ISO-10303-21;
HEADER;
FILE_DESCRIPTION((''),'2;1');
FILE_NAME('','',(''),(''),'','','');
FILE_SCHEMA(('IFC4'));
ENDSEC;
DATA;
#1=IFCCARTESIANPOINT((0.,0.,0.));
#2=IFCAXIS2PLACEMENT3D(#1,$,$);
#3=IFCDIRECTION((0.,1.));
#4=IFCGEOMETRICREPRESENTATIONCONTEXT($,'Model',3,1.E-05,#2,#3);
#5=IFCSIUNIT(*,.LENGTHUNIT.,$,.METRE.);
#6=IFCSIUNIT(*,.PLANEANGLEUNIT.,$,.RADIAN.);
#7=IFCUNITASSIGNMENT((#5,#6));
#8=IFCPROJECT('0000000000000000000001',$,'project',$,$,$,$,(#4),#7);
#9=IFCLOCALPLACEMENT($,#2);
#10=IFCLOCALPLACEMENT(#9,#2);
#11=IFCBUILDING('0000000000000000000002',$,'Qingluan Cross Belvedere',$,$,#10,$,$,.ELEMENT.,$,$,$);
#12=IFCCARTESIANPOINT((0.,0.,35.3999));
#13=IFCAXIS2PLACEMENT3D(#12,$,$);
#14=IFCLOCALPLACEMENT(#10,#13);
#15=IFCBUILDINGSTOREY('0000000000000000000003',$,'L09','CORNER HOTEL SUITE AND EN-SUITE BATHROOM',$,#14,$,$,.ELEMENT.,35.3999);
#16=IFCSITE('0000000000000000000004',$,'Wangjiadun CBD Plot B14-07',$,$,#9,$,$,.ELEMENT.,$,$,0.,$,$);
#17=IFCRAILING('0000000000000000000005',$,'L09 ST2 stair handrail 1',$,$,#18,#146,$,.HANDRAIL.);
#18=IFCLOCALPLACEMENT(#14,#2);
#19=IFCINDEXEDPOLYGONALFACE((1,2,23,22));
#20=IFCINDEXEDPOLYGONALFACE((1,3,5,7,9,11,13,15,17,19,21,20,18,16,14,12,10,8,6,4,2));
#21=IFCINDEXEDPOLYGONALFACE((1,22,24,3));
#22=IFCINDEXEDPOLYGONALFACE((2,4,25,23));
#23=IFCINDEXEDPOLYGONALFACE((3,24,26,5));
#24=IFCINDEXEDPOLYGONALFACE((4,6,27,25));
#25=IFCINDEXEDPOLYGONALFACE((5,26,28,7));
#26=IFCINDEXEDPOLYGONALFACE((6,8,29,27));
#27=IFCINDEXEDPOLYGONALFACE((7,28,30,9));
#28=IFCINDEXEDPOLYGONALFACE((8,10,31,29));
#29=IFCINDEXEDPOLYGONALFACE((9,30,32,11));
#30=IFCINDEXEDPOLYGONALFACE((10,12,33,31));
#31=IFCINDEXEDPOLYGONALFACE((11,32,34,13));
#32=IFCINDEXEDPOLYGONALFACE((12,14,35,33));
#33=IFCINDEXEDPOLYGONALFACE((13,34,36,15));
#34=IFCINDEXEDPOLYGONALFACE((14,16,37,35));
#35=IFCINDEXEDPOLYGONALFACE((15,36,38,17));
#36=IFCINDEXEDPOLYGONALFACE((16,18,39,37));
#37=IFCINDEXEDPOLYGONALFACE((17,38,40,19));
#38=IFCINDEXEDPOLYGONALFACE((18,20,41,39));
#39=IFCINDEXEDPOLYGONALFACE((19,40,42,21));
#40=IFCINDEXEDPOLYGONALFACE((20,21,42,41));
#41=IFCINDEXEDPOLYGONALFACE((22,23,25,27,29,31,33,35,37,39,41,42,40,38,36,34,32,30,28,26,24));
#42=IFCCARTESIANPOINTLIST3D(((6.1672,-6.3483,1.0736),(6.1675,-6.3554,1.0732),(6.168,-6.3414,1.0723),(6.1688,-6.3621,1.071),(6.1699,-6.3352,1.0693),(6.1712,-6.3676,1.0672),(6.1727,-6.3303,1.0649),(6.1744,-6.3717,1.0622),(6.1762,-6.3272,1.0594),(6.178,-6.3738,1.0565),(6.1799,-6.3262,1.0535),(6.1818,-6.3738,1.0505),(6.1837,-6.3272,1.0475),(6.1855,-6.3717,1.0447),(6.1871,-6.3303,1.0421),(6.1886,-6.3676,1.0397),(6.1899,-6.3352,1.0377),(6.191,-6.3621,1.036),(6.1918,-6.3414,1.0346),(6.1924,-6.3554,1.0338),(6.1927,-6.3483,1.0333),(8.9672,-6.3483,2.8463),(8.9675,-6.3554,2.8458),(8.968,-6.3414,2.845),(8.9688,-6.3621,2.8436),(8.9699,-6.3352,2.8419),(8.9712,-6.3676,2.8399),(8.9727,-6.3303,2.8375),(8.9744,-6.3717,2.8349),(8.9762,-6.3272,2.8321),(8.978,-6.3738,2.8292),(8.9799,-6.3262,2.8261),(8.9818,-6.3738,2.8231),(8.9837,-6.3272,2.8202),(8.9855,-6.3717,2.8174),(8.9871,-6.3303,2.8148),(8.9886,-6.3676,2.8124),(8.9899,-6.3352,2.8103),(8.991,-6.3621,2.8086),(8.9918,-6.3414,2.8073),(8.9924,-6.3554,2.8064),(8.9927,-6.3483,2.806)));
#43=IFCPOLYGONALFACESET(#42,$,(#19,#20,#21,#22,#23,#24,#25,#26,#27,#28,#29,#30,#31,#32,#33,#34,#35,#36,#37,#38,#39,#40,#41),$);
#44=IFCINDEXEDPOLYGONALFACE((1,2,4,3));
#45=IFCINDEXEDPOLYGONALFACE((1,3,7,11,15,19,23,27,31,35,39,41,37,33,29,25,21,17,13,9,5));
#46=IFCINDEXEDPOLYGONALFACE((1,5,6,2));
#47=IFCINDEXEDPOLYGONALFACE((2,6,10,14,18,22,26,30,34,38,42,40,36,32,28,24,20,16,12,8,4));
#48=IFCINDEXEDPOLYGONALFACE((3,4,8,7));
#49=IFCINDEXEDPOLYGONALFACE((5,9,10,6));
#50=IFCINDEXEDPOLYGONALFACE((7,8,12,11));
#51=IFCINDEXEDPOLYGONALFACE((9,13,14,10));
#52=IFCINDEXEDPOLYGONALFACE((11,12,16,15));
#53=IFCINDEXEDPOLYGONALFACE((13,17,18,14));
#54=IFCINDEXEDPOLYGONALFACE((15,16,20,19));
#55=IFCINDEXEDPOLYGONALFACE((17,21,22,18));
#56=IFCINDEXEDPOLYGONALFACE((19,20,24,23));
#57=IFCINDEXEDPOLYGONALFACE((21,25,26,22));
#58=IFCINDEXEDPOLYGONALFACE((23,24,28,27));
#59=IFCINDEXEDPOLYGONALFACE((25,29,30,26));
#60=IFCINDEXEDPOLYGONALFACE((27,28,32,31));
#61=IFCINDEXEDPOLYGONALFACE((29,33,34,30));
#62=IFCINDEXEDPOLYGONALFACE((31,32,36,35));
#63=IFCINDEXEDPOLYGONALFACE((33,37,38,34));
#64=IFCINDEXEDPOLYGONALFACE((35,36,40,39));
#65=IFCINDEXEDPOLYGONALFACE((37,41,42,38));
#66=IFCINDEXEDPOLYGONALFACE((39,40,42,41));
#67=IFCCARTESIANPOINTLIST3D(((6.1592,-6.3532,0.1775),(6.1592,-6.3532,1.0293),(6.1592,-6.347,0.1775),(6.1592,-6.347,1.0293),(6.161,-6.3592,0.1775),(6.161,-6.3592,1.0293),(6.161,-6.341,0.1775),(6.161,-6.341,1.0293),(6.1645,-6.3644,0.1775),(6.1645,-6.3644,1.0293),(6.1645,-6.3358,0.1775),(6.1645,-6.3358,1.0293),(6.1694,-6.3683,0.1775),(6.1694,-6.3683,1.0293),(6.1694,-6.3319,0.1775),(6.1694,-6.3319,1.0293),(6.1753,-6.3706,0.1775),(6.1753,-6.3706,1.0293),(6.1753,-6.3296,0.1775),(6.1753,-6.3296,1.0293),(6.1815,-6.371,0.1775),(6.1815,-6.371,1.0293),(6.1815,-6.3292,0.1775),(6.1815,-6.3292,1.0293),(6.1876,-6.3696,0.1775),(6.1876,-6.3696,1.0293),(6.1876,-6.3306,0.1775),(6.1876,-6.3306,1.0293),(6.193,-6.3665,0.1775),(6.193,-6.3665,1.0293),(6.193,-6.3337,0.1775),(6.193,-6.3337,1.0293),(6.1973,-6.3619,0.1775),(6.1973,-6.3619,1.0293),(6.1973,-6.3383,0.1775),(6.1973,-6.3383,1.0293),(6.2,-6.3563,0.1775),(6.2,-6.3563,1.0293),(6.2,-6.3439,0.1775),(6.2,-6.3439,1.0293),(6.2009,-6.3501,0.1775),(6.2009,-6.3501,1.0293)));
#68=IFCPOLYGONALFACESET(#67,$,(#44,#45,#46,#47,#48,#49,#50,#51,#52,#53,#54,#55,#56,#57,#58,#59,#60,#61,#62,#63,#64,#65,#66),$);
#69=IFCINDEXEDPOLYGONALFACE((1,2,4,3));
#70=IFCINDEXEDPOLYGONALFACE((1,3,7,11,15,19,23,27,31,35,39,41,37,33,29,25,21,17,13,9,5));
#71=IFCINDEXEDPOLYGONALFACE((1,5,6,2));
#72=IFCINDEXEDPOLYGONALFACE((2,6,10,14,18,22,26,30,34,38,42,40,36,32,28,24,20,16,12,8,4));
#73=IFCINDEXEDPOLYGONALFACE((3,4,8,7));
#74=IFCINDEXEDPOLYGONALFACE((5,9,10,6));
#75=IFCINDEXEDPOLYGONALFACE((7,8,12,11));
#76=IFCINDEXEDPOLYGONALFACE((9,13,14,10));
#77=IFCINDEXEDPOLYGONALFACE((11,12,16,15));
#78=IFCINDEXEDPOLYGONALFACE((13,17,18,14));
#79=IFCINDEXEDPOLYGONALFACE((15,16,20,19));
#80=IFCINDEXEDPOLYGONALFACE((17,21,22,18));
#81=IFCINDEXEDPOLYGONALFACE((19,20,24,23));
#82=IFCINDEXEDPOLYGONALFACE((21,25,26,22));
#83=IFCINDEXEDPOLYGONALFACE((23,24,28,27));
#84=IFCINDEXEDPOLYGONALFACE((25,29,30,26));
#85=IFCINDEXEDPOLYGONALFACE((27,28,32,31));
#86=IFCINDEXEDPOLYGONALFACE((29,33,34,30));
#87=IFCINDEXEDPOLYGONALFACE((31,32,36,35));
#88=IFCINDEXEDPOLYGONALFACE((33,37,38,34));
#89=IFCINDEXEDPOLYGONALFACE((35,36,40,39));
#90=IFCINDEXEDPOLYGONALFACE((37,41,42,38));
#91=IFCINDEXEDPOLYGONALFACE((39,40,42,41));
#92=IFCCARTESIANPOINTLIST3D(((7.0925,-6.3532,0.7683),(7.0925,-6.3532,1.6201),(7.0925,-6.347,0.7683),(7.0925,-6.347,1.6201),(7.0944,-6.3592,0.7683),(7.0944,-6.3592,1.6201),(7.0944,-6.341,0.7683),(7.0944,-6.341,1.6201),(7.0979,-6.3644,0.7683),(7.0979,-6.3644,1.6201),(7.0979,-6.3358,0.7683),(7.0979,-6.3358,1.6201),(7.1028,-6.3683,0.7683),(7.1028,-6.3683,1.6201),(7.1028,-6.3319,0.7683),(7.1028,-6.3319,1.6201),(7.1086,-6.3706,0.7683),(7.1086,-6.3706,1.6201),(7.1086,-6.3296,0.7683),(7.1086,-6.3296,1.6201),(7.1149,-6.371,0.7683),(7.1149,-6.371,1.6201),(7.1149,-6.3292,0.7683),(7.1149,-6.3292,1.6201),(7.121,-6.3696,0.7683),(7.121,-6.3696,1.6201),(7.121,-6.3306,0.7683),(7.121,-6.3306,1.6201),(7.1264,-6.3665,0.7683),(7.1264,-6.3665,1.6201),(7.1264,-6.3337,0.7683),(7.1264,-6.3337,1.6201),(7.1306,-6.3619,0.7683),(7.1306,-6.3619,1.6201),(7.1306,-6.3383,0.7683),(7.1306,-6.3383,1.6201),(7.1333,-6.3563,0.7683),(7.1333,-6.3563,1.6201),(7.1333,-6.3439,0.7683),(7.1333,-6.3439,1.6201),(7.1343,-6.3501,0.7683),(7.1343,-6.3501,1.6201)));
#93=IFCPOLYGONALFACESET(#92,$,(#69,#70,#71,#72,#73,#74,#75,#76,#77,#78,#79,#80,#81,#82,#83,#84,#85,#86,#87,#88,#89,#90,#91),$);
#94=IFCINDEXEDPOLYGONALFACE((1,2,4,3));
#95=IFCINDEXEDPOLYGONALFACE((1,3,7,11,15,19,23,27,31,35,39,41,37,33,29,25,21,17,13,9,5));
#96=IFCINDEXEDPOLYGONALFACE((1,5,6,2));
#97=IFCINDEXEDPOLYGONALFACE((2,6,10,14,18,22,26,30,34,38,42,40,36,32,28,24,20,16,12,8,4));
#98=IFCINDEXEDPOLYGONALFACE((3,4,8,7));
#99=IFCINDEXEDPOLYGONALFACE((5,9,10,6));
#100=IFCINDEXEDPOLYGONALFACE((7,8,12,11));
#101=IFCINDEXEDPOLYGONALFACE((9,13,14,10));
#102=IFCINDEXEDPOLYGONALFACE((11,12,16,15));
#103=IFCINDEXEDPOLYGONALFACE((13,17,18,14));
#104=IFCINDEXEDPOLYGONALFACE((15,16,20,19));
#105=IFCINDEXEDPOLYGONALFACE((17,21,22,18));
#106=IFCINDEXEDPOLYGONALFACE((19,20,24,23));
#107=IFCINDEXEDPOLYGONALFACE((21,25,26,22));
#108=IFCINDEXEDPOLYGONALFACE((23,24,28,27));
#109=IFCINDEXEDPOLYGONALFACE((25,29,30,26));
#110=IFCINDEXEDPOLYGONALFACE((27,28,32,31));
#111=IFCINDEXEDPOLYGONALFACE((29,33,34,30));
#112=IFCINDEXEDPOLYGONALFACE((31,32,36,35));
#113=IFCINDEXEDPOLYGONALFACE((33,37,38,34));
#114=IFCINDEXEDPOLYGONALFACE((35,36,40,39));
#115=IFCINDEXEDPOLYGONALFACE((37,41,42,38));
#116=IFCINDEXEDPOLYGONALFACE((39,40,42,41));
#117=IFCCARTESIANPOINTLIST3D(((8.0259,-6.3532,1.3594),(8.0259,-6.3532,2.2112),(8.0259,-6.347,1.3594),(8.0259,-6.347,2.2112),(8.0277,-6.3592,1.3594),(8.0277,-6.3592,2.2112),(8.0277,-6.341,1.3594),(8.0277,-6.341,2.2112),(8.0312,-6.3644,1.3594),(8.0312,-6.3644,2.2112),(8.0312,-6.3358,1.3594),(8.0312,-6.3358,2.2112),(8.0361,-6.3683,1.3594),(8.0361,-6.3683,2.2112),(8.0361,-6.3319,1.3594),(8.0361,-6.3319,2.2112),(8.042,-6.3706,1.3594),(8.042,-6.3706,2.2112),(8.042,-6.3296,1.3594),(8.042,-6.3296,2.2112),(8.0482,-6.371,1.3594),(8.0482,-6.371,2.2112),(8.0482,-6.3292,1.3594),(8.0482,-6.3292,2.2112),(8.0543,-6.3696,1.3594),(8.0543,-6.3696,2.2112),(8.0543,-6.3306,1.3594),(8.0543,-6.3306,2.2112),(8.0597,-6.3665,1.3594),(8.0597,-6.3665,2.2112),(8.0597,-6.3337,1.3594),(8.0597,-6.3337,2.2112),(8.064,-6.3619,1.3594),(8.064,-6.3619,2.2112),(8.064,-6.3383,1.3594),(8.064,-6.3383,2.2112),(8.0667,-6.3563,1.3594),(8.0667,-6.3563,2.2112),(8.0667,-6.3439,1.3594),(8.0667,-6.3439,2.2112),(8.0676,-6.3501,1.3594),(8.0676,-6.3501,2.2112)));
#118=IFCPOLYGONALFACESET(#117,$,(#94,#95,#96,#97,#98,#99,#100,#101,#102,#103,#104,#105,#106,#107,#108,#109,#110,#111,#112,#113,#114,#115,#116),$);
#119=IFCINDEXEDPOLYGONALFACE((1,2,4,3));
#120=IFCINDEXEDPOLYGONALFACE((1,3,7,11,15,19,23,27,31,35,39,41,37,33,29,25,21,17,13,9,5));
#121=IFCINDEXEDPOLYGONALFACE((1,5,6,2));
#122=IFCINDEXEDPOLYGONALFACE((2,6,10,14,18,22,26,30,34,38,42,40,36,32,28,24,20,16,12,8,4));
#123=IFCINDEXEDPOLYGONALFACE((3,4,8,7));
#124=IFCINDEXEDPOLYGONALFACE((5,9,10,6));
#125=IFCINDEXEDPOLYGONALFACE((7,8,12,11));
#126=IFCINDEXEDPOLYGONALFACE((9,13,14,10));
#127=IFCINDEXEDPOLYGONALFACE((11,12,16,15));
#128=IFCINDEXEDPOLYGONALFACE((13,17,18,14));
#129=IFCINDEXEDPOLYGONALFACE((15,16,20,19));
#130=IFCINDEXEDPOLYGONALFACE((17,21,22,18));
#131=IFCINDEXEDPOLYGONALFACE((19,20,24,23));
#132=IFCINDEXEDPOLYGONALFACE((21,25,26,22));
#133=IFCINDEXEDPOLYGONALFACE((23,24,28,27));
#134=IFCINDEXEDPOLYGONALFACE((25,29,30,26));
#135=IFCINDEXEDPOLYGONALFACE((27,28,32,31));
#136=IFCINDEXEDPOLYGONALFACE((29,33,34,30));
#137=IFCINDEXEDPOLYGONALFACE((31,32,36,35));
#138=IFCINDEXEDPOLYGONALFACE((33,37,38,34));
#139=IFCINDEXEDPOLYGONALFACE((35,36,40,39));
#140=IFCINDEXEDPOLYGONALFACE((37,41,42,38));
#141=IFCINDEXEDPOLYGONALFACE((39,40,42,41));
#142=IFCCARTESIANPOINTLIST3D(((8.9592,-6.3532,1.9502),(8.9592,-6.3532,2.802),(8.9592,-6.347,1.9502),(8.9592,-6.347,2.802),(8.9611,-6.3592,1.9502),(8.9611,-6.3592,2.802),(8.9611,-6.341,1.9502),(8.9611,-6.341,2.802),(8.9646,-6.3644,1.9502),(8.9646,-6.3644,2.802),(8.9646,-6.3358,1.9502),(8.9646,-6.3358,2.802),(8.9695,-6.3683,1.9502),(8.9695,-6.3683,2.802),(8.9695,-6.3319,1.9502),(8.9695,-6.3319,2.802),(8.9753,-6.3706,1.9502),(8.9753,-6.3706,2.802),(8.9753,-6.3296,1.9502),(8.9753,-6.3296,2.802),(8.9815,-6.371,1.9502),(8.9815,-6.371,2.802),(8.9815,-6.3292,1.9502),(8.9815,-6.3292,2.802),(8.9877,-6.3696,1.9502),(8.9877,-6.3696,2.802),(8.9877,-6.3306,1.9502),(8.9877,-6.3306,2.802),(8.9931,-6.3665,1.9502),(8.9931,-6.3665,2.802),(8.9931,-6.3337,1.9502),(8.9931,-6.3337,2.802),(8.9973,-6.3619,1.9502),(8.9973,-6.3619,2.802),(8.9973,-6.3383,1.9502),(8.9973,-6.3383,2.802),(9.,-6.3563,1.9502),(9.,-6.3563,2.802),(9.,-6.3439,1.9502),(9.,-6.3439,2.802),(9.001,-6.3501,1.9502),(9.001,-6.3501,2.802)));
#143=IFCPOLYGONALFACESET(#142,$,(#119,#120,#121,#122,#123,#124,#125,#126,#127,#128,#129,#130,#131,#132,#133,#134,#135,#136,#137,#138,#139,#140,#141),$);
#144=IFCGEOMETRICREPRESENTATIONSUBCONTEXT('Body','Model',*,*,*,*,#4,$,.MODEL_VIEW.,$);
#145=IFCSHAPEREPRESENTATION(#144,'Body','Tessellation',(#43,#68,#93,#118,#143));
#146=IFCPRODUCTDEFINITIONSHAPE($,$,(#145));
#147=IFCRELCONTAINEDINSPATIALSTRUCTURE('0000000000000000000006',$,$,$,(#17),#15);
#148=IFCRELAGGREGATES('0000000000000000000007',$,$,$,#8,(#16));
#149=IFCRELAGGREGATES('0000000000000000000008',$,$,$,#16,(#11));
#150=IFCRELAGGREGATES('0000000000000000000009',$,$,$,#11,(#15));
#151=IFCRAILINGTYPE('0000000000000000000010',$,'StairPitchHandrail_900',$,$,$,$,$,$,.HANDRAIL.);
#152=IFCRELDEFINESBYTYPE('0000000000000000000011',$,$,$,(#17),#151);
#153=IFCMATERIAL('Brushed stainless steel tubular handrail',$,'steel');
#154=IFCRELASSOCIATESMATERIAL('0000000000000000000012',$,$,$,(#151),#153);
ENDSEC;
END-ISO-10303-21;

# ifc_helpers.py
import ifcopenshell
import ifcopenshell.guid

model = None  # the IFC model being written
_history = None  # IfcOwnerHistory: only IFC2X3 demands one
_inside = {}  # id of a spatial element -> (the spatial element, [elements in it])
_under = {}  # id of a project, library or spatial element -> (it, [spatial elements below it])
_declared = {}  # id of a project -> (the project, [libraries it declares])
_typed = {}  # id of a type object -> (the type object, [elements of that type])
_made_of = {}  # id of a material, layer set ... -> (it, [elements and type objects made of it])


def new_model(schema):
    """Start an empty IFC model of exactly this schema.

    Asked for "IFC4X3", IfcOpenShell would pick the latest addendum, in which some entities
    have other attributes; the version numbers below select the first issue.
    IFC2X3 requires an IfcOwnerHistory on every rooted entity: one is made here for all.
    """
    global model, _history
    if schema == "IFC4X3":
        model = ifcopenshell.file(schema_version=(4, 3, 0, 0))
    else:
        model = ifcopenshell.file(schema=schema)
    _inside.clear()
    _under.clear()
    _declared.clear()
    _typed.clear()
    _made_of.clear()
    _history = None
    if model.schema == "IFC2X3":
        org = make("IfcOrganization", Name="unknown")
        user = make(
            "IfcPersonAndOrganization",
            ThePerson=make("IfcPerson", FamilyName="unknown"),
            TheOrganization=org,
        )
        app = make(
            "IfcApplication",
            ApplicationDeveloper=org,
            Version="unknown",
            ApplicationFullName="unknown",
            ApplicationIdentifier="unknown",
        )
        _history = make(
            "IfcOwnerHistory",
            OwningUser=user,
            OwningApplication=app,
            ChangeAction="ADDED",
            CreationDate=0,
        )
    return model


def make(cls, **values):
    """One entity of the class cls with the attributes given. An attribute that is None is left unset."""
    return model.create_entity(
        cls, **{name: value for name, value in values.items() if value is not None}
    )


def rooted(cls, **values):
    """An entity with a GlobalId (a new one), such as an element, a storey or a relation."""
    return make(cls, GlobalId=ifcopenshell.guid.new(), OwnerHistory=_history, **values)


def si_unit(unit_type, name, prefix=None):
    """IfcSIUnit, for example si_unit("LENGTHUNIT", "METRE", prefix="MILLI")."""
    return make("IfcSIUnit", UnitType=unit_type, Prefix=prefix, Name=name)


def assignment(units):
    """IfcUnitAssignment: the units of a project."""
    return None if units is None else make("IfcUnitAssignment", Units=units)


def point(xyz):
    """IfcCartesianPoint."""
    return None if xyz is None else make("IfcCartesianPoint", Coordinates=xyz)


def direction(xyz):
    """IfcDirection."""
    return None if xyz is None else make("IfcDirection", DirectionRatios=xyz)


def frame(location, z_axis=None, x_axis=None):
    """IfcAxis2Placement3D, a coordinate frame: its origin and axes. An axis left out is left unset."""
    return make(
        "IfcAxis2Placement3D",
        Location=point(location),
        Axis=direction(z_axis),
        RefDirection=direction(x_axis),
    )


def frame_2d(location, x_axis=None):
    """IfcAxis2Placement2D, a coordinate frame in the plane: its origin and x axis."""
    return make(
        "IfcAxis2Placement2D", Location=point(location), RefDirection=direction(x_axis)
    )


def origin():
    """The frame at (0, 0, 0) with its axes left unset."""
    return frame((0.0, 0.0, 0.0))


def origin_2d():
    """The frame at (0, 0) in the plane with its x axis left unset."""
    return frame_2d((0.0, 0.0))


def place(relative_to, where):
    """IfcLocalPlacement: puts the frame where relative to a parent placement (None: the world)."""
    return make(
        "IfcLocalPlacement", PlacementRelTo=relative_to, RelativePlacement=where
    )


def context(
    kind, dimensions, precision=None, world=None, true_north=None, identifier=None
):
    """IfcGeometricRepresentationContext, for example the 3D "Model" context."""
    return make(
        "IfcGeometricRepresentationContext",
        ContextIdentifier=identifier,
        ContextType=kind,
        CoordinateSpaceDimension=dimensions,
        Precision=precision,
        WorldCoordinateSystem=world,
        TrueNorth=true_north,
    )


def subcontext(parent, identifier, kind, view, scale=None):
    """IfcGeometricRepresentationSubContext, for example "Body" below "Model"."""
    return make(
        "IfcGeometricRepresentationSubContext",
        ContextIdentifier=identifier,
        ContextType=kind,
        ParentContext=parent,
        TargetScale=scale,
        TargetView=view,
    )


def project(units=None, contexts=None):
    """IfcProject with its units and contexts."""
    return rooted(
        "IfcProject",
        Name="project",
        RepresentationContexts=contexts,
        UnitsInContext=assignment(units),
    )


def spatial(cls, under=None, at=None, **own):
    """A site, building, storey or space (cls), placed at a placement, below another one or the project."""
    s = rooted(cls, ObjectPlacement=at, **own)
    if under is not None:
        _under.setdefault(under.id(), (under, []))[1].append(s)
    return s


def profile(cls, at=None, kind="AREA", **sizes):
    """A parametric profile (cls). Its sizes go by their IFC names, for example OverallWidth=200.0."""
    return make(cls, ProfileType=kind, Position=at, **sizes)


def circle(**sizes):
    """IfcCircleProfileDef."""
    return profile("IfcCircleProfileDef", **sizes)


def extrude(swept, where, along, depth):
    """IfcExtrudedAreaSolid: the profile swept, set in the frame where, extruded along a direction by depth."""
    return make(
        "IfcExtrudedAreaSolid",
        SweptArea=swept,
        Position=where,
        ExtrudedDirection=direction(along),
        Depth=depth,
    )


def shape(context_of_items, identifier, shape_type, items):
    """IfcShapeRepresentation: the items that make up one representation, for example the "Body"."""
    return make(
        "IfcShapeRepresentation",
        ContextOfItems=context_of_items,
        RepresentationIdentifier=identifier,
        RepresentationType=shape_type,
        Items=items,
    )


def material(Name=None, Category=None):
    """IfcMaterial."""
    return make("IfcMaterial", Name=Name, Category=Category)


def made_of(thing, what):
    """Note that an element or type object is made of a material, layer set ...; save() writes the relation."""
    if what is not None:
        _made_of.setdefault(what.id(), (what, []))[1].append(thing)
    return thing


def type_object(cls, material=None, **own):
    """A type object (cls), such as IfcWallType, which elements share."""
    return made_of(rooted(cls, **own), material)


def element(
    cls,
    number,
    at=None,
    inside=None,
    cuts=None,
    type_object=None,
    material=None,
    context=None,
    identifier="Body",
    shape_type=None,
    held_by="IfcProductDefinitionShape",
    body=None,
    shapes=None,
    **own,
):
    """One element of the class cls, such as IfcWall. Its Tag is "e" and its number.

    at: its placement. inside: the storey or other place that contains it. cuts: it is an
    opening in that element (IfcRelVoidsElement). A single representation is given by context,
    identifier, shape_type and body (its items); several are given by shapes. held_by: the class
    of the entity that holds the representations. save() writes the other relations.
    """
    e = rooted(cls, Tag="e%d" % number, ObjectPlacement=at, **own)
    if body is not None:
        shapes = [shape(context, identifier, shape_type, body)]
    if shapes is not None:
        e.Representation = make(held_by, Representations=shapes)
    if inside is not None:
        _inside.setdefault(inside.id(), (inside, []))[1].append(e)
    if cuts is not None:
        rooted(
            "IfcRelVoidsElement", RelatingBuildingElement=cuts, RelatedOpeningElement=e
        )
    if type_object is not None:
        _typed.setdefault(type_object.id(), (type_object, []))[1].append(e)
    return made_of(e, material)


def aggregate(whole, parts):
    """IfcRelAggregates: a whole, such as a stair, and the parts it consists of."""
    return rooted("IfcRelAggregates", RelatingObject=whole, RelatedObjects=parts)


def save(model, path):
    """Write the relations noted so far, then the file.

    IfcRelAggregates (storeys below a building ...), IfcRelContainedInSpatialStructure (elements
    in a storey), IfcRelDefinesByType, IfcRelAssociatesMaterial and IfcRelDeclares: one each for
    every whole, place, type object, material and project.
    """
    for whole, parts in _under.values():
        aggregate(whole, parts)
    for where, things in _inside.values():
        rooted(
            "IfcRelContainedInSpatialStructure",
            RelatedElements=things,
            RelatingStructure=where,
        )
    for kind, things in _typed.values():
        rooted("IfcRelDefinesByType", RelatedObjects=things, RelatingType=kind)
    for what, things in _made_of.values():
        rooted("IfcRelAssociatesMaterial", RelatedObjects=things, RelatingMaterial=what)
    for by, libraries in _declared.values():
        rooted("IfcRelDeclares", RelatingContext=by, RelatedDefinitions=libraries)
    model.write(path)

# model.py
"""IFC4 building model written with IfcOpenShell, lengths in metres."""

from ifc_helpers import new_model, si_unit, direction, frame, origin, origin_2d, place, context, subcontext, project, spatial, circle, extrude, material, type_object, element, save


model = new_model("IFC4")

# Units and contexts
model_context = context("Model", 3, precision=1e-05, world=origin(), true_north=direction((0.0, 1.0)))
body_context = subcontext(model_context, "Body", "Model", "MODEL_VIEW")
ifc_project = project(units=[si_unit("LENGTHUNIT", "METRE"), si_unit("PLANEANGLEUNIT", "RADIAN")], contexts=[model_context])

# Site, building, storey
site_placement = place(None, origin())
site = spatial("IfcSite", under=ifc_project, at=site_placement, Name="Wangjiadun CBD Plot B14-07", CompositionType="ELEMENT", RefElevation=0.0)
building_placement = place(site_placement, origin())
building = spatial("IfcBuilding", under=site, at=building_placement, Name="Qingluan Cross Belvedere", CompositionType="ELEMENT")
storey_placement = place(building_placement, frame((0.0, 0.0, 35.3999)))
storey = spatial("IfcBuildingStorey", under=building, at=storey_placement, Name="L09", Description="CORNER HOTEL SUITE AND EN-SUITE BATHROOM", CompositionType="ELEMENT", Elevation=35.3999)

# Railing
ifc_material_1 = material(Name="Brushed stainless steel tubular handrail", Category="steel")
railing_type_1 = type_object("IfcRailingType", Name="StairPitchHandrail_900", PredefinedType="HANDRAIL", material=ifc_material_1)
for number, where, name in (
    (1, (6.1799, -6.3501, 0.1775), "L09 ST2 stair handrail 1"),
):
    element("IfcRailing", number, at=place(storey_placement, frame(where)), inside=storey, type_object=railing_type_1, Name=name, PredefinedType="HANDRAIL", context=body_context, shape_type="SweptSolid", body=[
        extrude(circle(Radius=0.0239, at=origin_2d()), frame((0.0, 0.0, 0.876), z_axis=(0.844909, 0.0, 0.53491), x_axis=(0.0, 1.0, 0.0)), (0.0, 0.0, 1.0), 3.314),
        extrude(circle(Radius=0.021, at=origin_2d()), origin(), (0.0, 0.0, 1.0), 0.8518),
        extrude(circle(Radius=0.021, at=origin_2d()), frame((0.9333, 0.0, 0.5908)), (0.0, 0.0, 1.0), 0.8518),
        extrude(circle(Radius=0.021, at=origin_2d()), frame((1.8667, 0.0, 1.1819)), (0.0, 0.0, 1.0), 0.8518),
        extrude(circle(Radius=0.021, at=origin_2d()), frame((2.8, 0.0, 1.7727)), (0.0, 0.0, 1.0), 0.8518),
    ])

save(model, "model.ifc")
